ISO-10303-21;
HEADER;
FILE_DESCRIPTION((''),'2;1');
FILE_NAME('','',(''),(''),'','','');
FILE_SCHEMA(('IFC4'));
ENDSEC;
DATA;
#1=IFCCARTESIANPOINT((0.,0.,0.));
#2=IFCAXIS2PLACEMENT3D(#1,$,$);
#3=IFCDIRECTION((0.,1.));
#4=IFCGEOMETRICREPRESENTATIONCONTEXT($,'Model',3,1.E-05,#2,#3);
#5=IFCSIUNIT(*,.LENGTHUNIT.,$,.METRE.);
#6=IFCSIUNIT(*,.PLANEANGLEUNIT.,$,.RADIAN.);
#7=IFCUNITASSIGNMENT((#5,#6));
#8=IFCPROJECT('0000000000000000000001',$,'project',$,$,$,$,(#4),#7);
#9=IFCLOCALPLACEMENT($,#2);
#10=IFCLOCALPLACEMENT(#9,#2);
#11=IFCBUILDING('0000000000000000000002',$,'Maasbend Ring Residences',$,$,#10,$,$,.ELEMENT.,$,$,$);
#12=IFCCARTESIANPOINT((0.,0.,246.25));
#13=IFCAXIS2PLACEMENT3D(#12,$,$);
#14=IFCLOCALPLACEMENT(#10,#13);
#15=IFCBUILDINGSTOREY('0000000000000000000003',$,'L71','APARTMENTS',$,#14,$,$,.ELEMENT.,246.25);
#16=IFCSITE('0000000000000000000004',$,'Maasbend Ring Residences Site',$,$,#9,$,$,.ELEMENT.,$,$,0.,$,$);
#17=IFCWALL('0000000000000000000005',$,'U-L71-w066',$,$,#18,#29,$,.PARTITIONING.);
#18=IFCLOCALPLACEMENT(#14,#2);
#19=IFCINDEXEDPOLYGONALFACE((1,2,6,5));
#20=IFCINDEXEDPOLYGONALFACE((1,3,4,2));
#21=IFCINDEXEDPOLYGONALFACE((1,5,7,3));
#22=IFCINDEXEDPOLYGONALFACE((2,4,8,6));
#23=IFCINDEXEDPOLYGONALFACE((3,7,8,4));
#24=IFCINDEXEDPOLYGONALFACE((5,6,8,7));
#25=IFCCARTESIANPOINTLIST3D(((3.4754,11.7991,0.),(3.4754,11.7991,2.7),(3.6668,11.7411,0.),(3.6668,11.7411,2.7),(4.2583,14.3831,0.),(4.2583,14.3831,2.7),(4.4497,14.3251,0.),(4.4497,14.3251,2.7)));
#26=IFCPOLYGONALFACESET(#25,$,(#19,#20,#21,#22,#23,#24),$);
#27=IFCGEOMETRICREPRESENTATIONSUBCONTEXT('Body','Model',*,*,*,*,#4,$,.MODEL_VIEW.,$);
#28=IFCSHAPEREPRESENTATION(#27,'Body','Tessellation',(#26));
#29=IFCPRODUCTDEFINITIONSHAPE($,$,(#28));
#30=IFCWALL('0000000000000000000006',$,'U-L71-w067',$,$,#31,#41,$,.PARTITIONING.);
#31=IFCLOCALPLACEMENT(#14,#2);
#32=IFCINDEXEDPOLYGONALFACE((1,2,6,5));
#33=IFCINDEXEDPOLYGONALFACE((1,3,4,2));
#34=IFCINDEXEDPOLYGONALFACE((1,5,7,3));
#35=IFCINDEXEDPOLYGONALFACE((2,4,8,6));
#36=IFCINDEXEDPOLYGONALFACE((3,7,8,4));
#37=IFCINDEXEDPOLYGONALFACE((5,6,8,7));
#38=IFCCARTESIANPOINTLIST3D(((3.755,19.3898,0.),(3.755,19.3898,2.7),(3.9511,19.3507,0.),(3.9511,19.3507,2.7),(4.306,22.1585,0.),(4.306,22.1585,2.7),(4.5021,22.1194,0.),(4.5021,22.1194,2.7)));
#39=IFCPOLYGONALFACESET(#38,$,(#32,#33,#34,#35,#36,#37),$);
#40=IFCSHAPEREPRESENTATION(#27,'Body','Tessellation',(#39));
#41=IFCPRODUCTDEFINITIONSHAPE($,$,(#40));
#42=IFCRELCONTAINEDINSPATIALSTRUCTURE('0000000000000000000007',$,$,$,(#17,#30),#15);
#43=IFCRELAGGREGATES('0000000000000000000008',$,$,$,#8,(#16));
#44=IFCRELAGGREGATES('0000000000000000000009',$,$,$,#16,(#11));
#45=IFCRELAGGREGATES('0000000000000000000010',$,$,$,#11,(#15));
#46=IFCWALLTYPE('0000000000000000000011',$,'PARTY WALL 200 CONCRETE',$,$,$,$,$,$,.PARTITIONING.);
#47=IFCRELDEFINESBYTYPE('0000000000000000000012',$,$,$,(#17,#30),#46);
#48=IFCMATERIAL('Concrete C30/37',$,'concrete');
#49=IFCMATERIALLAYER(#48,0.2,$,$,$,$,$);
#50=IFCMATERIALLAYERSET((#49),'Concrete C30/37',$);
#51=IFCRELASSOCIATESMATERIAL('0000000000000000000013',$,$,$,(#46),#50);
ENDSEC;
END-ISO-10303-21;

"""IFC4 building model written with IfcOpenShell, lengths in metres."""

from ifc_helpers import new_model, si_unit, direction, frame, frame_2d, origin, place, context, subcontext, project, spatial, rectangle, extrude, material, layer, layer_set, type_object, element, save


model = new_model("IFC4")

# Units and contexts
model_context = context("Model", 3, precision=1e-05, world=origin(), true_north=direction((0.0, 1.0)))
body_context = subcontext(model_context, "Body", "Model", "MODEL_VIEW")
ifc_project = project(units=[si_unit("LENGTHUNIT", "METRE"), si_unit("PLANEANGLEUNIT", "RADIAN")], contexts=[model_context])

# Site, building, storey
site_placement = place(None, origin())
site = spatial("IfcSite", under=ifc_project, at=site_placement, Name="Maasbend Ring Residences Site", CompositionType="ELEMENT", RefElevation=0.0)
building_placement = place(site_placement, origin())
building = spatial("IfcBuilding", under=site, at=building_placement, Name="Maasbend Ring Residences", CompositionType="ELEMENT")
storey_placement = place(building_placement, frame((0.0, 0.0, 246.25)))
storey = spatial("IfcBuildingStorey", under=building, at=storey_placement, Name="L71", Description="APARTMENTS", CompositionType="ELEMENT", Elevation=246.25)

# Walls
ifc_material_1 = material(Name="Concrete C30/37", Category="concrete")
ifc_layer_1 = layer(ifc_material_1, 0.2)
ifc_layer_set_1 = layer_set([ifc_layer_1], Name="Concrete C30/37")
wall_type_1 = type_object("IfcWallType", Name="PARTY WALL 200 CONCRETE", PredefinedType="PARTITIONING", material=ifc_layer_set_1)
wall_1_placement = place(storey_placement, frame((3.571, 11.77, 0.0), z_axis=(0.0, 0.0, 1.0), x_axis=(0.289985, 0.957031, 0.0)))
element("IfcWall", 1, at=wall_1_placement, inside=storey, type_object=wall_type_1, Name="U-L71-w066", PredefinedType="PARTITIONING", context=body_context, shape_type="SweptSolid", body=[
    extrude(rectangle(XDim=2.7, YDim=0.2, at=frame_2d((1.3501, 0.0))), origin(), (0.0, 0.0, 1.0), 2.7),
])
wall_2_placement = place(storey_placement, frame((3.853, 19.3701, 0.0), z_axis=(0.0, 0.0, 1.0), x_axis=(0.195185, 0.980766, 0.0)))
element("IfcWall", 2, at=wall_2_placement, inside=storey, type_object=wall_type_1, Name="U-L71-w067", PredefinedType="PARTITIONING", context=body_context, shape_type="SweptSolid", body=[
    extrude(rectangle(XDim=2.823, YDim=0.2, at=frame_2d((1.4116, 0.0))), origin(), (0.0, 0.0, 1.0), 2.7),
])

save(model, "model.ifc")
